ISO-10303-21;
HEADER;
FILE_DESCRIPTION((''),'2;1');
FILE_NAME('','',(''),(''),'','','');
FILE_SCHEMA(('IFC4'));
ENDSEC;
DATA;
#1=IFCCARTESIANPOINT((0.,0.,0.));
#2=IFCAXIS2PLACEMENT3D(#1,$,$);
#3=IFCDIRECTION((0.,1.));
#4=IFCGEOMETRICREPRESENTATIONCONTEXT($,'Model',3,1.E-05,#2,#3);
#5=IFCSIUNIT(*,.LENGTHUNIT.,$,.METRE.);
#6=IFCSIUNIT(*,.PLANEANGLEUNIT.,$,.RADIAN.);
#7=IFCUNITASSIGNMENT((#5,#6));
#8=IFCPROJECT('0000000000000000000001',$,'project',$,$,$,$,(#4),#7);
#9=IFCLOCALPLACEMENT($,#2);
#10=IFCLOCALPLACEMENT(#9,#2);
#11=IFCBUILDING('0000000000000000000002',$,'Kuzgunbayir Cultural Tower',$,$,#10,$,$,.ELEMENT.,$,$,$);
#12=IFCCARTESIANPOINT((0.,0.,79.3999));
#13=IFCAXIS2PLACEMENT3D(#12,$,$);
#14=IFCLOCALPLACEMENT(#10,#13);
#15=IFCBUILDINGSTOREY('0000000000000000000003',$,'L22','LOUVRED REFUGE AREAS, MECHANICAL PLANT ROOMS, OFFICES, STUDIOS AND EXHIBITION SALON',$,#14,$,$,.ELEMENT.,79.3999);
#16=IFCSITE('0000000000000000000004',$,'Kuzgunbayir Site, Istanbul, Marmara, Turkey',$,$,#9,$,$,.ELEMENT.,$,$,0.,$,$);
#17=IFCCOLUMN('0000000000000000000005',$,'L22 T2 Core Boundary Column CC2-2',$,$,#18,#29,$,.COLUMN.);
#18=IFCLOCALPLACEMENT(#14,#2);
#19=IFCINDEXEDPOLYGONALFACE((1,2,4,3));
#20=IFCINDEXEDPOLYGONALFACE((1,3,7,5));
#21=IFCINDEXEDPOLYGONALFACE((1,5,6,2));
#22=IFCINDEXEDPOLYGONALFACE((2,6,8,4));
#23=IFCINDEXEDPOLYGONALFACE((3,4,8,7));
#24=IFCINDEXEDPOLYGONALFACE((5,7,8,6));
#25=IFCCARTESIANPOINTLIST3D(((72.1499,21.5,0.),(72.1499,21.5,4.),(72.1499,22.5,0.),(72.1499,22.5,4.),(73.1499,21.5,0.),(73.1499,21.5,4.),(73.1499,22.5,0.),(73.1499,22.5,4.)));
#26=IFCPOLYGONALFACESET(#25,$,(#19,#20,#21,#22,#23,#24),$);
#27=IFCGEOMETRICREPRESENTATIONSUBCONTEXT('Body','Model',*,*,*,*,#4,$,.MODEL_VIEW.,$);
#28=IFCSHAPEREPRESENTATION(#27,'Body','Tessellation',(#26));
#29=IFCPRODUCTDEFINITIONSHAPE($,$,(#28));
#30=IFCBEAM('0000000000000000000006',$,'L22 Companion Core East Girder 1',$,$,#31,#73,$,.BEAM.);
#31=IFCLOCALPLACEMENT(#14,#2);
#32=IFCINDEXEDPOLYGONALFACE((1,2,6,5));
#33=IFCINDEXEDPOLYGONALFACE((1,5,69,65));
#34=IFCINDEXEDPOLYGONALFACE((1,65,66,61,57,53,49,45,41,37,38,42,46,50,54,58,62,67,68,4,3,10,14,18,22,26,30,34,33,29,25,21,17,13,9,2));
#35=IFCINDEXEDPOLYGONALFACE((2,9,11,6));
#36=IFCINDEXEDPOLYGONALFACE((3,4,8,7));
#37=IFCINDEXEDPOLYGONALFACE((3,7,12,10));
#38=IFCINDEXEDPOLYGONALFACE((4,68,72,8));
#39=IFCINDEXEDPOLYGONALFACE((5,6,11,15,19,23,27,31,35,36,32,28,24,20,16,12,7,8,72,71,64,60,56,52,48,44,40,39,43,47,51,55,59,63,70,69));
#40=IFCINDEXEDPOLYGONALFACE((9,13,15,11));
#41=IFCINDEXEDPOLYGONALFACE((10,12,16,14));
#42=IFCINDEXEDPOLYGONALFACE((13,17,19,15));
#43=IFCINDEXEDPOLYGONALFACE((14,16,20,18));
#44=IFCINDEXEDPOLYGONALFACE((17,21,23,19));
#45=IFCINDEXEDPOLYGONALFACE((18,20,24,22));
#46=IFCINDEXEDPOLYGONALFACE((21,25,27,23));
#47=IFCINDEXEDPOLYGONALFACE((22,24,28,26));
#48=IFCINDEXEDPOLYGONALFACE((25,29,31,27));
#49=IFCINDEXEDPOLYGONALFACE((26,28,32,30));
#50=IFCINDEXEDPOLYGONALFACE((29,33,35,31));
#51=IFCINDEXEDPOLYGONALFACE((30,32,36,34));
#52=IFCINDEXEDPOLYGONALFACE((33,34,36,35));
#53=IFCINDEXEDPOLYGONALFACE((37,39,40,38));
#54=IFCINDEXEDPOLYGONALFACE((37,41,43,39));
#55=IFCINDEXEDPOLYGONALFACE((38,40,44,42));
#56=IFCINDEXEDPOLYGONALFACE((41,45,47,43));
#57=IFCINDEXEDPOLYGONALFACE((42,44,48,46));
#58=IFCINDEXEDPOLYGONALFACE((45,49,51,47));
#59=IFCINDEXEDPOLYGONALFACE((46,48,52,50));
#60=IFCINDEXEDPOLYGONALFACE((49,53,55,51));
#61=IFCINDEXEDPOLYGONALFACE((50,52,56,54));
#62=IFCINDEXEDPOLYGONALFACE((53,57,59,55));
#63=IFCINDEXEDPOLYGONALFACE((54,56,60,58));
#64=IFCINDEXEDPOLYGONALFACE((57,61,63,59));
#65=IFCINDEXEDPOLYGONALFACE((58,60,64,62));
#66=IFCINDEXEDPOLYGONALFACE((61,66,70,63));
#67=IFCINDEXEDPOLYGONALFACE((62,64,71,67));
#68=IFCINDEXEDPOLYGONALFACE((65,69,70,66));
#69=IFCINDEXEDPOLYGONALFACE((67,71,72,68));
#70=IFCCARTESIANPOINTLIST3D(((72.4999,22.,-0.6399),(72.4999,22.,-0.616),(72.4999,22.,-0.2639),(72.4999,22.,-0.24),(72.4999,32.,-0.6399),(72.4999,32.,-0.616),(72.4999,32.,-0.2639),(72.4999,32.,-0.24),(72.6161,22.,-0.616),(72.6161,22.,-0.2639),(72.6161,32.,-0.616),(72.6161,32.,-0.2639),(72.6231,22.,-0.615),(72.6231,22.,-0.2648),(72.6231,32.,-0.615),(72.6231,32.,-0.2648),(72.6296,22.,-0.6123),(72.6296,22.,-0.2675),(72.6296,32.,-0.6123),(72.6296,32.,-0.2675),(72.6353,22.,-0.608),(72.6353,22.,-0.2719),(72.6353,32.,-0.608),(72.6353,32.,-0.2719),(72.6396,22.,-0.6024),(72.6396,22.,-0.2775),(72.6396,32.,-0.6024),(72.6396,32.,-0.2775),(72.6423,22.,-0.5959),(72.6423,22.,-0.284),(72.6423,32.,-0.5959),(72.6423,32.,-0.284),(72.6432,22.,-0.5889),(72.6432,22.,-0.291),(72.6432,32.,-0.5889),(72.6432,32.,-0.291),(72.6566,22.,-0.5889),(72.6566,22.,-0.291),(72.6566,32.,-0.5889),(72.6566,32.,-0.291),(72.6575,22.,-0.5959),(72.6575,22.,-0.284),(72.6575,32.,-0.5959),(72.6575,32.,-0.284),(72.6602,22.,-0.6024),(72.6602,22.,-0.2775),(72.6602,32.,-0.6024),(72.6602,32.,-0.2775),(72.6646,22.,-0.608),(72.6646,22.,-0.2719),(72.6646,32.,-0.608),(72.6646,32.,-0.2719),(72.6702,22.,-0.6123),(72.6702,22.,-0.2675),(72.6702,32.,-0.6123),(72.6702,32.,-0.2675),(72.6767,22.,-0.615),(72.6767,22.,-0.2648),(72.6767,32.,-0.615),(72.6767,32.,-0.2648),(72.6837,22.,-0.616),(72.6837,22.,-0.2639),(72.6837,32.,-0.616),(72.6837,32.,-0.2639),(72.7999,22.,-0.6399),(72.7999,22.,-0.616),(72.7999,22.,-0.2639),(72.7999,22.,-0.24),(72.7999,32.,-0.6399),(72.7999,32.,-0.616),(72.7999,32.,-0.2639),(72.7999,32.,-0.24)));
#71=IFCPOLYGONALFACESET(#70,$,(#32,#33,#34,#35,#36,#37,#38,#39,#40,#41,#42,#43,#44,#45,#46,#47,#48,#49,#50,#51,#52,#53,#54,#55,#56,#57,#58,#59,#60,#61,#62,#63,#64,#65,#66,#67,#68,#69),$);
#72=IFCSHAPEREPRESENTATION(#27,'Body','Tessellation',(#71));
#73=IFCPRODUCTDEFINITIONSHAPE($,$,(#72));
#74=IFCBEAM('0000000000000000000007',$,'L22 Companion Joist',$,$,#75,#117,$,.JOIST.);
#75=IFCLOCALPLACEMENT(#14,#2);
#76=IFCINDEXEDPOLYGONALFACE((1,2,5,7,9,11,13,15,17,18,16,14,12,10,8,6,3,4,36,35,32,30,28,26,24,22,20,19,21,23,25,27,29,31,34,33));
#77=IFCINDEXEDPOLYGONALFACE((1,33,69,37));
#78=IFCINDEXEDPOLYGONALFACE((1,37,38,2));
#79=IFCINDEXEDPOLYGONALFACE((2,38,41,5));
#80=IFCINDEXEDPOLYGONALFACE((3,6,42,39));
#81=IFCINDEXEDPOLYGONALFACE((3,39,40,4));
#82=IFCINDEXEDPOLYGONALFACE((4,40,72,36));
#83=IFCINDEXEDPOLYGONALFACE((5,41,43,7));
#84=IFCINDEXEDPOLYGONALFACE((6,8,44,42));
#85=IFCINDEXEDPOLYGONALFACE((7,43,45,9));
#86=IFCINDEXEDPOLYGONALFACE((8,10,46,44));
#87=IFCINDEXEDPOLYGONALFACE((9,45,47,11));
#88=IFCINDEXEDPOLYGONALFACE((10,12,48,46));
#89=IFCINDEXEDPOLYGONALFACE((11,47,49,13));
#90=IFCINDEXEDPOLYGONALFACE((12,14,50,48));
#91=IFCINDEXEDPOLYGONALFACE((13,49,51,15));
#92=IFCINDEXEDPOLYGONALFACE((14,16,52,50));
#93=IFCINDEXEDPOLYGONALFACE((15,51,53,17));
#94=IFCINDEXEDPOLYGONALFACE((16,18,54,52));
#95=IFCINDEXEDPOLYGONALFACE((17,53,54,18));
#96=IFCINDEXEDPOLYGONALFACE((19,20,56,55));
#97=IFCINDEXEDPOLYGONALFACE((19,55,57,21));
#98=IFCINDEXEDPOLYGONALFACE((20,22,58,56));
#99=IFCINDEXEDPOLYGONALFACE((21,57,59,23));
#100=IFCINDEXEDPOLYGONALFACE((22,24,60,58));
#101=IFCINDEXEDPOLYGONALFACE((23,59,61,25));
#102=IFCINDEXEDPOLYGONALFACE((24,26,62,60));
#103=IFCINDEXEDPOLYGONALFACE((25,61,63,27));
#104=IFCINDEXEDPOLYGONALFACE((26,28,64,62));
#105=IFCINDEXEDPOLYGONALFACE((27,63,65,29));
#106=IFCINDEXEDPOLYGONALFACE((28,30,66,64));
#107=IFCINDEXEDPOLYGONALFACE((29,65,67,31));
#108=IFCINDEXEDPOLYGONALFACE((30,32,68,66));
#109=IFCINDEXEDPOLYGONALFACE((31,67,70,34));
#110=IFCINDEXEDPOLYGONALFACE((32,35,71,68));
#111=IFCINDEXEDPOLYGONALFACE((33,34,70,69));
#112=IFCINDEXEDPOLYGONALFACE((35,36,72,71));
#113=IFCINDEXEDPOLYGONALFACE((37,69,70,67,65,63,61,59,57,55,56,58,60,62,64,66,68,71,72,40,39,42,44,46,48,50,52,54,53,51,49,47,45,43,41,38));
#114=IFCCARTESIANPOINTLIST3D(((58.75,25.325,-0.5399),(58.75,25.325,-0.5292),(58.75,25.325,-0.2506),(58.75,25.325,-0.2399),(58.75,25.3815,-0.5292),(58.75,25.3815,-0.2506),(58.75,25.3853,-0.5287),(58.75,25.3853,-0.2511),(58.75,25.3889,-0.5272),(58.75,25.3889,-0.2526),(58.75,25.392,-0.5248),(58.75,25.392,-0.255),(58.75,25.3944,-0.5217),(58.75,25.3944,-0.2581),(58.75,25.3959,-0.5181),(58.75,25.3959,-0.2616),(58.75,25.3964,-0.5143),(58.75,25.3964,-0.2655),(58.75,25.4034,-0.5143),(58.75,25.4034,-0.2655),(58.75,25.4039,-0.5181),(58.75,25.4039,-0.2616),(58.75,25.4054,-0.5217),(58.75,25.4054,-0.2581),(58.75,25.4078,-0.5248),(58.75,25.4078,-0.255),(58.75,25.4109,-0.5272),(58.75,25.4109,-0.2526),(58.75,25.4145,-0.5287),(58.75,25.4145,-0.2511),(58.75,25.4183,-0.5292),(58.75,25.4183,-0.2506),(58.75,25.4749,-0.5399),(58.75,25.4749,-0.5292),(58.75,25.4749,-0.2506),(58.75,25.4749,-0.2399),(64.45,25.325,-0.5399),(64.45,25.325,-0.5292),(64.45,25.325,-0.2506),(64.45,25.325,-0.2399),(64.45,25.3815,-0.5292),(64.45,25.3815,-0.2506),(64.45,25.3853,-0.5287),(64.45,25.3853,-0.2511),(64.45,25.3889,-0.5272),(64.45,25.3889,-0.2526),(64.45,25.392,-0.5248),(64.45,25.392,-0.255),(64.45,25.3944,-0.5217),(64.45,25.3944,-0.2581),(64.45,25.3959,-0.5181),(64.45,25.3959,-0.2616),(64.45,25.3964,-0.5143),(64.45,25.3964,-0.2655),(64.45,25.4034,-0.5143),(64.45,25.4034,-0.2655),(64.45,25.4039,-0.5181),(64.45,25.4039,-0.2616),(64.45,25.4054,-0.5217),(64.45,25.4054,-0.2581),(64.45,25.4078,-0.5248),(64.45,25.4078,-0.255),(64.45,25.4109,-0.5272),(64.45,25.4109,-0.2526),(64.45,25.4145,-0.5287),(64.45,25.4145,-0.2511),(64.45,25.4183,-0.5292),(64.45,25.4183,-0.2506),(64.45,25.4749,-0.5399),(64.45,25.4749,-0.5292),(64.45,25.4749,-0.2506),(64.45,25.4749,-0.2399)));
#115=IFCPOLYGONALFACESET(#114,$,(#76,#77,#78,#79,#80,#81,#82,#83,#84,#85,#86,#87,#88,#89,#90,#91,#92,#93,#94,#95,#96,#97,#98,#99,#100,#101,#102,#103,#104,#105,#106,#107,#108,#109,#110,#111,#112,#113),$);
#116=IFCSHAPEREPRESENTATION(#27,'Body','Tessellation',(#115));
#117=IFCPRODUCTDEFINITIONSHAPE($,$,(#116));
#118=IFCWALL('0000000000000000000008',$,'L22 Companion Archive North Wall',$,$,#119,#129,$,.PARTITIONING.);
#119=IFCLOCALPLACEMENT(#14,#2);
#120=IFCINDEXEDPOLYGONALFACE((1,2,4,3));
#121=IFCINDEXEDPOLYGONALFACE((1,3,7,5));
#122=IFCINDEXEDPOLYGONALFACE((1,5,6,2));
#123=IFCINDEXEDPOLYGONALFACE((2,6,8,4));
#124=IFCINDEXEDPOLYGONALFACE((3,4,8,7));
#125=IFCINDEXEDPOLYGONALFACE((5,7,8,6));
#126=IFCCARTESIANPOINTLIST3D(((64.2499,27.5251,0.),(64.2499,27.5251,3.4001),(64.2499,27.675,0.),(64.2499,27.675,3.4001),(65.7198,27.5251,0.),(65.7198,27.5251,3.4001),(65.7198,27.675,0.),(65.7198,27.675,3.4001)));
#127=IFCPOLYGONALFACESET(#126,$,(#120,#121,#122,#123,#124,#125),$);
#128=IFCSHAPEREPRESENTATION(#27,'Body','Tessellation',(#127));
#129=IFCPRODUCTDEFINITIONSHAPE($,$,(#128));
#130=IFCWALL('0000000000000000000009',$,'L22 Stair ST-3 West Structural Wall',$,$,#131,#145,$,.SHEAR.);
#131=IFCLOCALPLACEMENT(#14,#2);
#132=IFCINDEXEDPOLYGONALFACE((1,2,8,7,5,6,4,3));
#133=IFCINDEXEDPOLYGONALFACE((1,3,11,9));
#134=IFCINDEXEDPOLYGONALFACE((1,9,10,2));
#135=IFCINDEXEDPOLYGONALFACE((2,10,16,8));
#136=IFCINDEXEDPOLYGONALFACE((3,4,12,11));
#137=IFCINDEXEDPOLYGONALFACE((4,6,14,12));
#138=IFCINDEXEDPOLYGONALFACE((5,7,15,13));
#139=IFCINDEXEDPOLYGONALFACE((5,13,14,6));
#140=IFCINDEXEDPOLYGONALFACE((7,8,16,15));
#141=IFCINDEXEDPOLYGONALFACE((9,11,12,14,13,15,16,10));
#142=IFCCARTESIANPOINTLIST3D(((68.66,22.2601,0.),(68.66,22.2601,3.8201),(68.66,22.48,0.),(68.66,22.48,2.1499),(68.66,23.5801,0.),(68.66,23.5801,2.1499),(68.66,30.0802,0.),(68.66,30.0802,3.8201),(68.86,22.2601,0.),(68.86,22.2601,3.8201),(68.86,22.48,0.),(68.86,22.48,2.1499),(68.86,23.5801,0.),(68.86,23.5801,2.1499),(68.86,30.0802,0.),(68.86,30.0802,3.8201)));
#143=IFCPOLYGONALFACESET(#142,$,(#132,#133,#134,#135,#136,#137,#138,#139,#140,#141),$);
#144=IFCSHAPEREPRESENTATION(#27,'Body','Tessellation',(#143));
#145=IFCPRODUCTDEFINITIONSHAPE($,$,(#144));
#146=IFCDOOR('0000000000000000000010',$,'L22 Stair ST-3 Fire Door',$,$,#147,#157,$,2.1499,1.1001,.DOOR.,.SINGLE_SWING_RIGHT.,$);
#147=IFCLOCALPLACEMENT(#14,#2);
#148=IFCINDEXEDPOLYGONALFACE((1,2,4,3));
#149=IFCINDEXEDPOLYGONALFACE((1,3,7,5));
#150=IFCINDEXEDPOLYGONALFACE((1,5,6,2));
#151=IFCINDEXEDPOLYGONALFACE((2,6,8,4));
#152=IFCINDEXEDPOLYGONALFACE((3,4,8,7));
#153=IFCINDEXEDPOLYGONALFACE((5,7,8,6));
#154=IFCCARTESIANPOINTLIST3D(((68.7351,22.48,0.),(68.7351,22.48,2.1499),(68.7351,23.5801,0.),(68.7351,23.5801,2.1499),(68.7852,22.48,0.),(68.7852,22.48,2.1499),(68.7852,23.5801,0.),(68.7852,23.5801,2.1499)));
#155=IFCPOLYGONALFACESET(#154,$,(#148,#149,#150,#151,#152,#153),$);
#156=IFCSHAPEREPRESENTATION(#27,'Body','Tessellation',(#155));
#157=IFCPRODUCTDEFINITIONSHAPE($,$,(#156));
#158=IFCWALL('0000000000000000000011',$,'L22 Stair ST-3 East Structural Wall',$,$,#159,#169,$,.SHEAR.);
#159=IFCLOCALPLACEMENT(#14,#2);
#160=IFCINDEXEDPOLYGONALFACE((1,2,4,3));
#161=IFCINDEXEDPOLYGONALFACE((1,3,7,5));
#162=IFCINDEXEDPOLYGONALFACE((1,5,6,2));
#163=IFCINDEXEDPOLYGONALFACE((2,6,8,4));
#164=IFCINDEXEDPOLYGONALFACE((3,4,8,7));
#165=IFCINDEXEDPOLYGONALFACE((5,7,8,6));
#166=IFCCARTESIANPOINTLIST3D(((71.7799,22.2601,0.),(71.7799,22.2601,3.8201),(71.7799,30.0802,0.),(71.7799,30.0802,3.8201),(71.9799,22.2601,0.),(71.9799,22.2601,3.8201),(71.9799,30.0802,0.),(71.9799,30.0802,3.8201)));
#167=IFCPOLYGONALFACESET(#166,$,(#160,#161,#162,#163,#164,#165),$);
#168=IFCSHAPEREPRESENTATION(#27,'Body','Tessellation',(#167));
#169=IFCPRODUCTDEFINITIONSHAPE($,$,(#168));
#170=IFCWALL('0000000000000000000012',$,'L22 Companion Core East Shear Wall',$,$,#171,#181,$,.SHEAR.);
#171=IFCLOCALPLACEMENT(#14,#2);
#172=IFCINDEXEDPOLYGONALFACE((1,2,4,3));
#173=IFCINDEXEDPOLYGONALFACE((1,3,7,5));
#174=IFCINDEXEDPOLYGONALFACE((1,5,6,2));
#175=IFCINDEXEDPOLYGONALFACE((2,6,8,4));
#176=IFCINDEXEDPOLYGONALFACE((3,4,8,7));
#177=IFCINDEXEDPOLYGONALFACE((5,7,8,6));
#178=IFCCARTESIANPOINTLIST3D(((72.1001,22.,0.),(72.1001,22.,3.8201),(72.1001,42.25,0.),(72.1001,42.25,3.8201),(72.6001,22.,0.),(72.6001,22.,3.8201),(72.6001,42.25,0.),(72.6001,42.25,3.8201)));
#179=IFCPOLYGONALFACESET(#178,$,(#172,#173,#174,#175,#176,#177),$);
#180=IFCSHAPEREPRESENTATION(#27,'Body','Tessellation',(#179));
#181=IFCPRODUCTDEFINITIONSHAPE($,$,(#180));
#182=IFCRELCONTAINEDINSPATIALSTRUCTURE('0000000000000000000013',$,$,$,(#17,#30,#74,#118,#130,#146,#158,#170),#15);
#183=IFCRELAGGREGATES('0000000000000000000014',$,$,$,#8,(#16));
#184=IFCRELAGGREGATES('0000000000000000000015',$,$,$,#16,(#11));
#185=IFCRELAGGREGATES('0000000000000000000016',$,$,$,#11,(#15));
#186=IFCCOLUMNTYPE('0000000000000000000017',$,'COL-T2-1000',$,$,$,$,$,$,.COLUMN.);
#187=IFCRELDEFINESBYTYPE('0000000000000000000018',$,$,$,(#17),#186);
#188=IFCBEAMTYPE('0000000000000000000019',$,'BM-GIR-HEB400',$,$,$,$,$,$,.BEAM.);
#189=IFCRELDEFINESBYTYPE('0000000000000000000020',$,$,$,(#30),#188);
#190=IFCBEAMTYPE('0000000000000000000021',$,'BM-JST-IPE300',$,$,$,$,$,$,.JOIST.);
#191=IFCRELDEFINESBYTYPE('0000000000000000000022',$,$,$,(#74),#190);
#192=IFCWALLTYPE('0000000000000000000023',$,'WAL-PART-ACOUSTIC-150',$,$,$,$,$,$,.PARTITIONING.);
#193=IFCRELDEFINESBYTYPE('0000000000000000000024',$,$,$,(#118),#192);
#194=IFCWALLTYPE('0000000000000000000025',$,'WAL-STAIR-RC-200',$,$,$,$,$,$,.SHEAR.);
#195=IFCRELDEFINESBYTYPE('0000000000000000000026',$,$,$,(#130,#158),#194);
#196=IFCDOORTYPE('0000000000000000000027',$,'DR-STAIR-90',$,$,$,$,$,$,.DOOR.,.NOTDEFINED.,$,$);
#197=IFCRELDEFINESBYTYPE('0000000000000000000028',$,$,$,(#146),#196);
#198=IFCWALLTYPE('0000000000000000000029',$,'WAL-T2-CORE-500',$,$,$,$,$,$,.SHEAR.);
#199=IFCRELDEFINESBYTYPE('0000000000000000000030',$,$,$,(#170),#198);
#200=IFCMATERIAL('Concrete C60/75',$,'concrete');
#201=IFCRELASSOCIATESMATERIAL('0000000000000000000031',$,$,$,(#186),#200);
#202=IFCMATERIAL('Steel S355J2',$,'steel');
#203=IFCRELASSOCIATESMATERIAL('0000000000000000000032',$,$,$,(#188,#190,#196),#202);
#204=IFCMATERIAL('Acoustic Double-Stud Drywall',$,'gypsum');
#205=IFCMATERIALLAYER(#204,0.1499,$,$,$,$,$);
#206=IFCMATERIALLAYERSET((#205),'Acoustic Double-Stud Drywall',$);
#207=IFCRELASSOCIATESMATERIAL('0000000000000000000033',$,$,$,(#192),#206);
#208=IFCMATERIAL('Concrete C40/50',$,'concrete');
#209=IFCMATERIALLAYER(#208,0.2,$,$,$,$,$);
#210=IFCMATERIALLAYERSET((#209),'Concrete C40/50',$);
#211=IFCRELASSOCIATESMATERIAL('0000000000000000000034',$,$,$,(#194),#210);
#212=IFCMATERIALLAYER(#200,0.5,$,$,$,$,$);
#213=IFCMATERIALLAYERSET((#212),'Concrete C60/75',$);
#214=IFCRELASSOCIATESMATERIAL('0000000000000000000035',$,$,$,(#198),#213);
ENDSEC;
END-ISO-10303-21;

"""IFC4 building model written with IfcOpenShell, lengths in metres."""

from ifc_helpers import new_model, si_unit, direction, frame, frame_2d, origin, origin_2d, place, context, subcontext, project, spatial, rectangle, i_section, extrude, material, layer, layer_set, material_profile, profile_set, type_object, element, fill, save


model = new_model("IFC4")

# Units and contexts
model_context = context("Model", 3, precision=1e-05, world=origin(), true_north=direction((0.0, 1.0)))
body_context = subcontext(model_context, "Body", "Model", "MODEL_VIEW")
ifc_project = project(units=[si_unit("LENGTHUNIT", "METRE"), si_unit("PLANEANGLEUNIT", "RADIAN")], contexts=[model_context])

# Site, building, storey
site_placement = place(None, origin())
site = spatial("IfcSite", under=ifc_project, at=site_placement, Name="Kuzgunbayir Site, Istanbul, Marmara, Turkey", CompositionType="ELEMENT", RefElevation=0.0)
building_placement = place(site_placement, origin())
building = spatial("IfcBuilding", under=site, at=building_placement, Name="Kuzgunbayir Cultural Tower", CompositionType="ELEMENT")
storey_placement = place(building_placement, frame((0.0, 0.0, 79.3999)))
storey = spatial("IfcBuildingStorey", under=building, at=storey_placement, Name="L22", Description="LOUVRED REFUGE AREAS, MECHANICAL PLANT ROOMS, OFFICES, STUDIOS AND EXHIBITION SALON", CompositionType="ELEMENT", Elevation=79.3999)

# Column
ifc_material_1 = material(Name="Concrete C60/75", Category="concrete")
ifc_material_profile_1 = material_profile(ifc_material_1, rectangle(XDim=1.0, YDim=1.0, at=origin_2d()), Name="RC 1000x1000")
ifc_profile_set_1 = profile_set([ifc_material_profile_1], Name="Concrete C60/75")
column_type = type_object("IfcColumnType", Name="COL-T2-1000", PredefinedType="COLUMN", material=ifc_profile_set_1)
column_placement = place(storey_placement, frame((72.6499, 22.0, 0.0), z_axis=(0.0, 0.0, 1.0), x_axis=(1.0, 0.0, 0.0)))
element("IfcColumn", 1, at=column_placement, inside=storey, type_object=column_type, Name="L22 T2 Core Boundary Column CC2-2", PredefinedType="COLUMN", context=body_context, shape_type="SweptSolid", body=[
    extrude(rectangle(XDim=1.0, YDim=1.0, at=origin_2d()), origin(), (0.0, 0.0, 1.0), 4.0),
])

# Beams
ifc_material_2 = material(Name="Steel S355J2", Category="steel")
ifc_material_profile_2 = material_profile(ifc_material_2, i_section(OverallWidth=0.3, OverallDepth=0.3999, WebThickness=0.0134, FlangeThickness=0.0239, FilletRadius=0.0271, at=origin_2d()), Name="HEB 400")
ifc_profile_set_2 = profile_set([ifc_material_profile_2], Name="Steel S355J2")
beam_type_1 = type_object("IfcBeamType", Name="BM-GIR-HEB400", PredefinedType="BEAM", material=ifc_profile_set_2)
beam_1_placement = place(storey_placement, frame((72.6499, 22.0, -0.4399), z_axis=(0.0, 1.0, 0.0), x_axis=(-1.0, 0.0, 0.0)))
element("IfcBeam", 2, at=beam_1_placement, inside=storey, type_object=beam_type_1, Name="L22 Companion Core East Girder 1", PredefinedType="BEAM", context=body_context, shape_type="SweptSolid", body=[
    extrude(i_section(OverallWidth=0.3, OverallDepth=0.3999, WebThickness=0.0134, FlangeThickness=0.0239, FilletRadius=0.0271, at=origin_2d()), origin(), (0.0, 0.0, 1.0), 10.0),
])
ifc_material_profile_3 = material_profile(ifc_material_2, i_section(OverallWidth=0.1499, OverallDepth=0.3, WebThickness=0.0071, FlangeThickness=0.0107, FilletRadius=0.0149, at=origin_2d()), Name="IPE 300")
ifc_profile_set_3 = profile_set([ifc_material_profile_3], Name="Steel S355J2")
beam_type_2 = type_object("IfcBeamType", Name="BM-JST-IPE300", PredefinedType="JOIST", material=ifc_profile_set_3)
beam_2_placement = place(storey_placement, frame((58.75, 25.3999, -0.3899), z_axis=(1.0, 0.0, 0.0), x_axis=(0.0, 1.0, 0.0)))
element("IfcBeam", 3, at=beam_2_placement, inside=storey, type_object=beam_type_2, Name="L22 Companion Joist", PredefinedType="JOIST", context=body_context, shape_type="SweptSolid", body=[
    extrude(i_section(OverallWidth=0.1499, OverallDepth=0.3, WebThickness=0.0071, FlangeThickness=0.0107, FilletRadius=0.0149, at=origin_2d()), origin(), (0.0, 0.0, 1.0), 5.7),
])

# Wall
ifc_material_3 = material(Name="Acoustic Double-Stud Drywall", Category="gypsum")
ifc_layer_1 = layer(ifc_material_3, 0.1499)
ifc_layer_set_1 = layer_set([ifc_layer_1], Name="Acoustic Double-Stud Drywall")
wall_type_1 = type_object("IfcWallType", Name="WAL-PART-ACOUSTIC-150", PredefinedType="PARTITIONING", material=ifc_layer_set_1)
wall_1_placement = place(storey_placement, frame((64.25, 27.6001, 0.0), z_axis=(0.0, 0.0, 1.0), x_axis=(1.0, 0.0, 0.0)))
element("IfcWall", 4, at=wall_1_placement, inside=storey, type_object=wall_type_1, Name="L22 Companion Archive North Wall", PredefinedType="PARTITIONING", context=body_context, shape_type="SweptSolid", body=[
    extrude(rectangle(XDim=1.47, YDim=0.1499, at=frame_2d((0.7349, 0.0))), origin(), (0.0, 0.0, 1.0), 3.4001),
])

# Wall, opening, door
ifc_material_4 = material(Name="Concrete C40/50", Category="concrete")
ifc_layer_2 = layer(ifc_material_4, 0.2)
ifc_layer_set_2 = layer_set([ifc_layer_2], Name="Concrete C40/50")
wall_type_2 = type_object("IfcWallType", Name="WAL-STAIR-RC-200", PredefinedType="SHEAR", material=ifc_layer_set_2)
wall_2_placement = place(storey_placement, frame((68.76, 22.26, 0.0), z_axis=(0.0, 0.0, 1.0), x_axis=(0.0, 1.0, 0.0)))
wall_2 = element("IfcWall", 5, at=wall_2_placement, inside=storey, type_object=wall_type_2, Name="L22 Stair ST-3 West Structural Wall", PredefinedType="SHEAR", context=body_context, shape_type="SweptSolid", body=[
    extrude(rectangle(XDim=7.8201, YDim=0.2, at=frame_2d((3.9102, 0.0))), origin(), (0.0, 0.0, 1.0), 3.8201),
])
opening_1_placement = place(wall_2_placement, frame((0.22, 0.0, 0.0)))
opening_1 = element("IfcOpeningElement", 6, at=opening_1_placement, cuts=wall_2, PredefinedType="OPENING", context=body_context, shape_type="SweptSolid", body=[
    extrude(rectangle(XDim=1.1001, YDim=2.1499, at=frame_2d((0.55, 1.075))), frame((0.0, 0.1099, 0.0), z_axis=(0.0, -1.0, 0.0), x_axis=(1.0, 0.0, 0.0)), (0.0, 0.0, 1.0), 0.22),
])
door_type_1 = type_object("IfcDoorType", Name="DR-STAIR-90", OperationType="NOTDEFINED", PredefinedType="DOOR", material=ifc_material_2)
door_1_placement = place(opening_1_placement, origin())
door_1 = element("IfcDoor", 7, at=door_1_placement, inside=storey, type_object=door_type_1, Name="L22 Stair ST-3 Fire Door", OperationType="SINGLE_SWING_RIGHT", OverallHeight=2.1499, OverallWidth=1.1001, PredefinedType="DOOR", context=body_context, shape_type="SweptSolid", body=[
    extrude(rectangle(XDim=1.1001, YDim=2.1499, at=frame_2d((0.55, 1.075))), frame((0.0, 0.0249, 0.0), z_axis=(0.0, -1.0, 0.0), x_axis=(1.0, 0.0, 0.0)), (0.0, 0.0, 1.0), 0.05),
])
fill(opening_1, door_1)

# Walls
wall_3_placement = place(storey_placement, frame((71.8799, 22.26, 0.0), z_axis=(0.0, 0.0, 1.0), x_axis=(0.0, 1.0, 0.0)))
element("IfcWall", 8, at=wall_3_placement, inside=storey, type_object=wall_type_2, Name="L22 Stair ST-3 East Structural Wall", PredefinedType="SHEAR", context=body_context, shape_type="SweptSolid", body=[
    extrude(rectangle(XDim=7.8201, YDim=0.2, at=frame_2d((3.9102, 0.0))), origin(), (0.0, 0.0, 1.0), 3.8201),
])
ifc_layer_3 = layer(ifc_material_1, 0.5)
ifc_layer_set_3 = layer_set([ifc_layer_3], Name="Concrete C60/75")
wall_type_3 = type_object("IfcWallType", Name="WAL-T2-CORE-500", PredefinedType="SHEAR", material=ifc_layer_set_3)
wall_4_placement = place(storey_placement, frame((72.3501, 22.0, 0.0), z_axis=(0.0, 0.0, 1.0), x_axis=(0.0, 1.0, 0.0)))
element("IfcWall", 9, at=wall_4_placement, inside=storey, type_object=wall_type_3, Name="L22 Companion Core East Shear Wall", PredefinedType="SHEAR", context=body_context, shape_type="SweptSolid", body=[
    extrude(rectangle(XDim=20.25, YDim=0.5, at=frame_2d((10.125, 0.0))), origin(), (0.0, 0.0, 1.0), 3.8201),
])

save(model, "model.ifc")
